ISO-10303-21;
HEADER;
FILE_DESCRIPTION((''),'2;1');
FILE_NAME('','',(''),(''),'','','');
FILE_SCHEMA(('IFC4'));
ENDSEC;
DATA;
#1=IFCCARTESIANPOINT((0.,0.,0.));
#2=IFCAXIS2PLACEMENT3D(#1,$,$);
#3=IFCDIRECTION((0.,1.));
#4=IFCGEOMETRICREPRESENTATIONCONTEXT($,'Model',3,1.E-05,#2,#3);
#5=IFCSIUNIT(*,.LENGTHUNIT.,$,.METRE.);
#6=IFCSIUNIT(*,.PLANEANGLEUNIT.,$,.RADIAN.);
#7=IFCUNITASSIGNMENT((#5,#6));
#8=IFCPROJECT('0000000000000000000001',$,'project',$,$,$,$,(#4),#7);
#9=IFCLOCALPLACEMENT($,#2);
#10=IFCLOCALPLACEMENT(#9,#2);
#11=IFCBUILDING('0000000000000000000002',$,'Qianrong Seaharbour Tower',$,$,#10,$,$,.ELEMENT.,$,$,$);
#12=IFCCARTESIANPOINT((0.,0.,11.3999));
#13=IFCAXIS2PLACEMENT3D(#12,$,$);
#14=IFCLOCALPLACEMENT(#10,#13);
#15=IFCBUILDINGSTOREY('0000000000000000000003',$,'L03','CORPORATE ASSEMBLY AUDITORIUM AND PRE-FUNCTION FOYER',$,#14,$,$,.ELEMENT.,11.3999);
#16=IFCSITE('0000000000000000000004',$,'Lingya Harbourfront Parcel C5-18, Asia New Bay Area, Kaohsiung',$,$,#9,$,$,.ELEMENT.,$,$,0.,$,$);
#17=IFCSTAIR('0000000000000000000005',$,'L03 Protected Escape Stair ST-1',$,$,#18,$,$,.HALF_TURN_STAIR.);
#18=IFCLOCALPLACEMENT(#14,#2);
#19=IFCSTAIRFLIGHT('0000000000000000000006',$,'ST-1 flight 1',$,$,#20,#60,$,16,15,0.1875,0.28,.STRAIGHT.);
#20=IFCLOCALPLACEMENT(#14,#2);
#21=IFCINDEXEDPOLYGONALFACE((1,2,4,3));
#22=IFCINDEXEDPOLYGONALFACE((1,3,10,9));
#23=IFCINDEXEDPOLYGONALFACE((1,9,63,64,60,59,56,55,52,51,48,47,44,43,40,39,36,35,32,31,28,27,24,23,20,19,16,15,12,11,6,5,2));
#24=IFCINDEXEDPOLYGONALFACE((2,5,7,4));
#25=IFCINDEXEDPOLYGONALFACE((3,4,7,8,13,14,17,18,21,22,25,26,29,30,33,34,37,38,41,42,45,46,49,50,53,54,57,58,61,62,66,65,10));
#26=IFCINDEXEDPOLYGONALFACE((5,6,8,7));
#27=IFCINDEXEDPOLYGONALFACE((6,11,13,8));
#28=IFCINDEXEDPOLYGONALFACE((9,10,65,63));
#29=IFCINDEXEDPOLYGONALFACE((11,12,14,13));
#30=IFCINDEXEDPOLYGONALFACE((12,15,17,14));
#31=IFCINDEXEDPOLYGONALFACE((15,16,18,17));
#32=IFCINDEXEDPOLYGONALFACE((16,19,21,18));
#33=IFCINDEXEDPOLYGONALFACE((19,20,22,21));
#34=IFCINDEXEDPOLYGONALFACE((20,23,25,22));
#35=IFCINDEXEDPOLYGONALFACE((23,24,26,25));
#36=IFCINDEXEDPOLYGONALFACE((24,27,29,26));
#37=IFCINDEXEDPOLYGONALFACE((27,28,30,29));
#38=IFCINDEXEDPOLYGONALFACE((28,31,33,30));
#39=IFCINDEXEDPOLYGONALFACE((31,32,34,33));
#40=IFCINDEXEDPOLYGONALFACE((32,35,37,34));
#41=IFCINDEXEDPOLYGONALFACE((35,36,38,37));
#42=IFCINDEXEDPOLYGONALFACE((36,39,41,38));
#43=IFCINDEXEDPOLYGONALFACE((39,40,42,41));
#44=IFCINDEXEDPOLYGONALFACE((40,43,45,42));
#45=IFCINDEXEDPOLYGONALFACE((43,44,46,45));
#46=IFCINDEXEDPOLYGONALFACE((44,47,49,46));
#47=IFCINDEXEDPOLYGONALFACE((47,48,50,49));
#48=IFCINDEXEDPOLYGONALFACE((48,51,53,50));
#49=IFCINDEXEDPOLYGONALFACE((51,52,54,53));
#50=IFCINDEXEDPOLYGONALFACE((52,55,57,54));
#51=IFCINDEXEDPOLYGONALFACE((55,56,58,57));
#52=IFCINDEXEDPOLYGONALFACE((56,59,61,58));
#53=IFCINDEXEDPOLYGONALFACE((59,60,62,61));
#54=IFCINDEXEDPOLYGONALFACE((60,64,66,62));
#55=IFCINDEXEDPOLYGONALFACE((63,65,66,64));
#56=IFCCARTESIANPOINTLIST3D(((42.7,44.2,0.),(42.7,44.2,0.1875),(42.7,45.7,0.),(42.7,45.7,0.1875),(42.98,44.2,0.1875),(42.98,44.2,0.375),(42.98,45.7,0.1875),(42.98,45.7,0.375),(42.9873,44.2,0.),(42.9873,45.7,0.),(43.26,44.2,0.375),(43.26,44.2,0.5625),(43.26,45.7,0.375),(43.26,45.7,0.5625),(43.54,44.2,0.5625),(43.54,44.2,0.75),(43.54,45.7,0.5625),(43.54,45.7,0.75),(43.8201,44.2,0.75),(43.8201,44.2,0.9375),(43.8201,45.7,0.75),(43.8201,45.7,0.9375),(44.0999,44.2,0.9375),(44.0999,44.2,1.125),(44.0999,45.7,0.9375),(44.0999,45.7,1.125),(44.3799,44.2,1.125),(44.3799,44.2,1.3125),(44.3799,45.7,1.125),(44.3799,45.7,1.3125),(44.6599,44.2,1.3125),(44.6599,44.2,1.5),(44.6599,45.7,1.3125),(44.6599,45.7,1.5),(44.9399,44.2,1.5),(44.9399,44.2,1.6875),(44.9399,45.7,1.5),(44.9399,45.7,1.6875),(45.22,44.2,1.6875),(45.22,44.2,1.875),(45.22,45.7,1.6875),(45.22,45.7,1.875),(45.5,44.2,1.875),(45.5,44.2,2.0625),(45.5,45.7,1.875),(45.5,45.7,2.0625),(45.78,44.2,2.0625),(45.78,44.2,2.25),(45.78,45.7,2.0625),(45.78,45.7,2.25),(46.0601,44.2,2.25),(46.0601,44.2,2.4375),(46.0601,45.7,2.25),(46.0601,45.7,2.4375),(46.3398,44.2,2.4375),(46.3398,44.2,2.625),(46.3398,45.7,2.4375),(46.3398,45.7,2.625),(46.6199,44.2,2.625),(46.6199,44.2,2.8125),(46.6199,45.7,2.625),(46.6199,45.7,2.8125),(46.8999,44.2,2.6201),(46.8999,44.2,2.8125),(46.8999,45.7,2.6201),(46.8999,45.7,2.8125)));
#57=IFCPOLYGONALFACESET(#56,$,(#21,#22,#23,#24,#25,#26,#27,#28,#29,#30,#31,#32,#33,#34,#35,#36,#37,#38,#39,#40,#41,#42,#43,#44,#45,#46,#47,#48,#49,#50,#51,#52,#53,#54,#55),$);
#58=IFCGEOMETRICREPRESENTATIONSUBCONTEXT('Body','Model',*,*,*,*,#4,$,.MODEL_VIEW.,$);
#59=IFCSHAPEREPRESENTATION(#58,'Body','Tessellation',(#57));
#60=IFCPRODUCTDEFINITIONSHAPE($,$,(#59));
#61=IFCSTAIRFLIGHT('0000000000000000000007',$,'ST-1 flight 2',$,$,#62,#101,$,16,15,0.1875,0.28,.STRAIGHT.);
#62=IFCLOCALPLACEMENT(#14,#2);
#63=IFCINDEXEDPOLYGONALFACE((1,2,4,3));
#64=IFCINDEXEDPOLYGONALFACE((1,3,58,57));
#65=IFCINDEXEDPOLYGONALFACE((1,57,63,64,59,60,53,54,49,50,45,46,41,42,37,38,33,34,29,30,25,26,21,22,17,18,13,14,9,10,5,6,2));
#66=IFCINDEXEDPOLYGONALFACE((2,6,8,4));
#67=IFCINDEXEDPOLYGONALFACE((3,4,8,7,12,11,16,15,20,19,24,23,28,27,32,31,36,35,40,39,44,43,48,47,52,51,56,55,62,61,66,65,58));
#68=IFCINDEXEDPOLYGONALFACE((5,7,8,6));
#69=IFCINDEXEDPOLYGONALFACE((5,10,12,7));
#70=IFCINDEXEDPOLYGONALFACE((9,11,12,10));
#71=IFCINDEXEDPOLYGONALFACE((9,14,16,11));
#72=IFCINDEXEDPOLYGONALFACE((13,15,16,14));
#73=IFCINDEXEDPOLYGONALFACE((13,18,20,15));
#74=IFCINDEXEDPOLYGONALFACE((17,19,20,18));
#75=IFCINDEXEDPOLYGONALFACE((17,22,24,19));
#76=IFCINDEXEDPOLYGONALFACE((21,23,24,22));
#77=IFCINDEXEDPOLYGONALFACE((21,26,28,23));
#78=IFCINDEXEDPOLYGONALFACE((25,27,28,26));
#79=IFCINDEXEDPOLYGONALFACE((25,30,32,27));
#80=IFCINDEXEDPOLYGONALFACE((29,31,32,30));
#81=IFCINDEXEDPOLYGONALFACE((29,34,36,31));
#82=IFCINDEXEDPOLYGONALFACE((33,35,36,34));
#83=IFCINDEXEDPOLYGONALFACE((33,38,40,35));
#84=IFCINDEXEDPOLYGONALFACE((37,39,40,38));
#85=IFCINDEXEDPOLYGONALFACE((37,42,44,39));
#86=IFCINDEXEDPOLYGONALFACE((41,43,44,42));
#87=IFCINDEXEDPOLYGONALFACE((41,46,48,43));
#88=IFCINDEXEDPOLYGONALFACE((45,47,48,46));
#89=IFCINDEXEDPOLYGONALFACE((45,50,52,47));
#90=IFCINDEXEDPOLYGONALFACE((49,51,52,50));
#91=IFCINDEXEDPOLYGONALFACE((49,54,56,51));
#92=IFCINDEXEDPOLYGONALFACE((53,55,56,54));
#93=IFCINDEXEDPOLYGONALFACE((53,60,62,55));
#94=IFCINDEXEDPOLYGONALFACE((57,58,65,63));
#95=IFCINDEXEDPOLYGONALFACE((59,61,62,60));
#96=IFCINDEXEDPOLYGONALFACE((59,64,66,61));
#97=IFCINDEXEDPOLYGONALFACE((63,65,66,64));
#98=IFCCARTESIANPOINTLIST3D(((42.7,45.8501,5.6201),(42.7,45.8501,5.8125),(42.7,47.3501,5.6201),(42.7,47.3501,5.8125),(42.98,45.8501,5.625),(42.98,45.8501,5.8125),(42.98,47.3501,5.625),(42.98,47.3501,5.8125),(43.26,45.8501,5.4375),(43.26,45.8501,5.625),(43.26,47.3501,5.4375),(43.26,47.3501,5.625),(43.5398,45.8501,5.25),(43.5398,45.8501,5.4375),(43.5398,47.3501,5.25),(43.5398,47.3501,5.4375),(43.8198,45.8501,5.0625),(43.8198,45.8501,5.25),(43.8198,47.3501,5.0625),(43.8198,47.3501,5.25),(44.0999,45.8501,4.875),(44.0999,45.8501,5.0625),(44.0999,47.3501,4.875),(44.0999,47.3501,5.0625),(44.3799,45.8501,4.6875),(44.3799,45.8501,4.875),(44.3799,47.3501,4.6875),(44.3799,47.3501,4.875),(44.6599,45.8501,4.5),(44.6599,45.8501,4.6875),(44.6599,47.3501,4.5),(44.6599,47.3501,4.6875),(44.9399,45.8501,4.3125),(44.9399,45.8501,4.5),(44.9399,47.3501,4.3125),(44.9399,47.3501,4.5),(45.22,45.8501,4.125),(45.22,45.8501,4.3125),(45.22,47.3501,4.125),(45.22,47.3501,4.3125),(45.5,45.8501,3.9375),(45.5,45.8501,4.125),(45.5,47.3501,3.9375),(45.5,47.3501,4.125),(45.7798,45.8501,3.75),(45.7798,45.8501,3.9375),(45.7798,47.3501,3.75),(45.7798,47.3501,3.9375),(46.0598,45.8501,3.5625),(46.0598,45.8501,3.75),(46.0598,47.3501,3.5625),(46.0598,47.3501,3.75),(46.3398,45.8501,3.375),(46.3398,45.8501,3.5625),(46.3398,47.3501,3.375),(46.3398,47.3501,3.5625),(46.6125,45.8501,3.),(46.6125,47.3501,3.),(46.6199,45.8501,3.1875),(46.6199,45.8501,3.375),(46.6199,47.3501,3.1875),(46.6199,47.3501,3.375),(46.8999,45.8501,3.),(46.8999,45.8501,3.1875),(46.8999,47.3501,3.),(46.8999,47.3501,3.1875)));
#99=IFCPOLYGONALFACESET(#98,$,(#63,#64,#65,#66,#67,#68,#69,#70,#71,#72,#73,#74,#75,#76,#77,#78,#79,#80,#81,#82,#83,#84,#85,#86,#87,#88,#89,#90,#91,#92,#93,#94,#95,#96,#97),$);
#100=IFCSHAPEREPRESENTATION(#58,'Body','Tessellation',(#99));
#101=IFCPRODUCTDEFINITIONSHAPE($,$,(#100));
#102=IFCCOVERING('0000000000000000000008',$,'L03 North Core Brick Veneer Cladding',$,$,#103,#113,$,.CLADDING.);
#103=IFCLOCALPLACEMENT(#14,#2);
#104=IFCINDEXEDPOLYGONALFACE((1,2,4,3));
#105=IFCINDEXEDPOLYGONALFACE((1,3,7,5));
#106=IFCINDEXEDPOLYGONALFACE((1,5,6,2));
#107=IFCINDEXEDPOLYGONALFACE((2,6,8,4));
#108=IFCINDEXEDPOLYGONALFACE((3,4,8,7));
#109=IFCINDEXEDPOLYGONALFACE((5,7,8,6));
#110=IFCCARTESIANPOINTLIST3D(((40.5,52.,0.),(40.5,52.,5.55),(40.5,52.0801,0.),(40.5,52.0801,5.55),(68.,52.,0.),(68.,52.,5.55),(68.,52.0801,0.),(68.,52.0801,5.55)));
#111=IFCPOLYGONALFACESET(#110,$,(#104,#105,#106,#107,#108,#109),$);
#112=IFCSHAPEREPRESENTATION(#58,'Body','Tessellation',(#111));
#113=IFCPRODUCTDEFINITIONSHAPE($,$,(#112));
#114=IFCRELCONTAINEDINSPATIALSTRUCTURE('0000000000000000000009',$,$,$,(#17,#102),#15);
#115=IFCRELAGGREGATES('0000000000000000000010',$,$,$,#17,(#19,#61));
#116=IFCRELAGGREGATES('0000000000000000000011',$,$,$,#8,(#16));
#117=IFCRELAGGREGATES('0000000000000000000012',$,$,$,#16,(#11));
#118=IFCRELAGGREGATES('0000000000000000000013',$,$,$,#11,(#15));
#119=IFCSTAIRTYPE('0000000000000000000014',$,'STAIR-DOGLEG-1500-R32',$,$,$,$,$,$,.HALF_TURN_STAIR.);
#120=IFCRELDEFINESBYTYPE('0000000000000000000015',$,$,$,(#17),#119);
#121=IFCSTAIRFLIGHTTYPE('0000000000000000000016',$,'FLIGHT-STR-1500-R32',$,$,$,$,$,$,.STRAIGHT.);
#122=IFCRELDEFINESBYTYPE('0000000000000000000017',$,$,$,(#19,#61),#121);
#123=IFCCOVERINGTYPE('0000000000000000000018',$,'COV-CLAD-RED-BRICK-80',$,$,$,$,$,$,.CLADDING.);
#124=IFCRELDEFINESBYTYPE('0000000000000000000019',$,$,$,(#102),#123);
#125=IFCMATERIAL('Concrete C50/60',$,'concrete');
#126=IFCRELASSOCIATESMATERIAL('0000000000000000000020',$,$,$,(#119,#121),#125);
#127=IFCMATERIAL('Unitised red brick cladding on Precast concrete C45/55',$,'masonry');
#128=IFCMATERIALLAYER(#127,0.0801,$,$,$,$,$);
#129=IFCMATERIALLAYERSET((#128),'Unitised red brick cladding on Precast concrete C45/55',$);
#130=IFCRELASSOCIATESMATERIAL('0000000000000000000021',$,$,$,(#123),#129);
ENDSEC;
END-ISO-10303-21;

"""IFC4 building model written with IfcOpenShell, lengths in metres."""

from ifc_helpers import new_model, si_unit, direction, frame, origin, origin_2d, place, context, subcontext, project, spatial, polyline, rectangle, outline, extrude, material, layer, layer_set, type_object, element, aggregate, save


model = new_model("IFC4")

# Units and contexts
model_context = context("Model", 3, precision=1e-05, world=origin(), true_north=direction((0.0, 1.0)))
body_context = subcontext(model_context, "Body", "Model", "MODEL_VIEW")
ifc_project = project(units=[si_unit("LENGTHUNIT", "METRE"), si_unit("PLANEANGLEUNIT", "RADIAN")], contexts=[model_context])

# Site, building, storey
site_placement = place(None, origin())
site = spatial("IfcSite", under=ifc_project, at=site_placement, Name="Lingya Harbourfront Parcel C5-18, Asia New Bay Area, Kaohsiung", CompositionType="ELEMENT", RefElevation=0.0)
building_placement = place(site_placement, origin())
building = spatial("IfcBuilding", under=site, at=building_placement, Name="Qianrong Seaharbour Tower", CompositionType="ELEMENT")
storey_placement = place(building_placement, frame((0.0, 0.0, 11.3999)))
storey = spatial("IfcBuildingStorey", under=building, at=storey_placement, Name="L03", Description="CORPORATE ASSEMBLY AUDITORIUM AND PRE-FUNCTION FOYER", CompositionType="ELEMENT", Elevation=11.3999)

# Shared definitions
ifc_material_1 = material(Name="Concrete C50/60", Category="concrete")

# Stair, stair flights
stair_type = type_object("IfcStairType", Name="STAIR-DOGLEG-1500-R32", PredefinedType="HALF_TURN_STAIR", material=ifc_material_1)
stair_placement = place(storey_placement, origin())
stair = element("IfcStair", 1, at=stair_placement, inside=storey, type_object=stair_type, Name="L03 Protected Escape Stair ST-1", PredefinedType="HALF_TURN_STAIR")
stair_flight_type = type_object("IfcStairFlightType", Name="FLIGHT-STR-1500-R32", PredefinedType="STRAIGHT", material=ifc_material_1)
stair_flight_1_placement = place(storey_placement, frame((42.7, 44.95, 0.0), z_axis=(0.0, 0.0, 1.0), x_axis=(1.0, 0.0, 0.0)))
stair_flight_1 = element("IfcStairFlight", 2, at=stair_flight_1_placement, type_object=stair_flight_type, Name="ST-1 flight 1", NumberOfRisers=16, NumberOfTreads=15, PredefinedType="STRAIGHT", RiserHeight=0.1875, TreadLength=0.28, context=body_context, shape_type="SweptSolid", body=[
    extrude(outline(polyline([(0.0, 0.0), (0.0, 0.1875), (0.28, 0.1875), (0.28, 0.375), (0.5601, 0.375), (0.5601, 0.5625), (0.8401, 0.5625), (0.8401, 0.75), (1.1201, 0.75), (1.1201, 0.9375), (1.3999, 0.9375), (1.3999, 1.125), (1.6799, 1.125), (1.6799, 1.3125), (1.96, 1.3125), (1.96, 1.5), (2.24, 1.5), (2.24, 1.6875), (2.52, 1.6875), (2.52, 1.875), (2.8, 1.875), (2.8, 2.0625), (3.0801, 2.0625), (3.0801, 2.25), (3.3601, 2.25), (3.3601, 2.4375), (3.6399, 2.4375), (3.6399, 2.625), (3.9199, 2.625), (3.9199, 2.8125), (4.2, 2.8125), (4.2, 3.0), (4.2, 2.6201), (0.2874, 0.0), (0.0, 0.0)])), frame((0.0, 0.75, 0.0), z_axis=(0.0, -1.0, 0.0), x_axis=(1.0, 0.0, 0.0)), (0.0, 0.0, 1.0), 1.5),
])
stair_flight_2_placement = place(storey_placement, frame((46.8999, 46.6001, 3.0), z_axis=(0.0, 0.0, 1.0), x_axis=(-1.0, 0.0, 0.0)))
stair_flight_2 = element("IfcStairFlight", 3, at=stair_flight_2_placement, type_object=stair_flight_type, Name="ST-1 flight 2", NumberOfRisers=16, NumberOfTreads=15, PredefinedType="STRAIGHT", RiserHeight=0.1875, TreadLength=0.28, context=body_context, shape_type="SweptSolid", body=[
    extrude(outline(polyline([(0.0, 0.0), (0.0, 0.1875), (0.28, 0.1875), (0.28, 0.375), (0.5601, 0.375), (0.5601, 0.5625), (0.8401, 0.5625), (0.8401, 0.75), (1.1201, 0.75), (1.1201, 0.9375), (1.3999, 0.9375), (1.3999, 1.125), (1.6799, 1.125), (1.6799, 1.3125), (1.96, 1.3125), (1.96, 1.5), (2.24, 1.5), (2.24, 1.6875), (2.52, 1.6875), (2.52, 1.875), (2.8, 1.875), (2.8, 2.0625), (3.0801, 2.0625), (3.0801, 2.25), (3.3601, 2.25), (3.3601, 2.4375), (3.6399, 2.4375), (3.6399, 2.625), (3.9199, 2.625), (3.9199, 2.8125), (4.2, 2.8125), (4.2, 3.0), (4.2, 2.6201), (0.2874, 0.0), (0.0, 0.0)])), frame((0.0, 0.75, 0.0), z_axis=(0.0, -1.0, 0.0), x_axis=(1.0, 0.0, 0.0)), (0.0, 0.0, 1.0), 1.5),
])
aggregate(stair, [stair_flight_1, stair_flight_2])

# Covering
ifc_material_2 = material(Name="Unitised red brick cladding on Precast concrete C45/55", Category="masonry")
ifc_layer_1 = layer(ifc_material_2, 0.0801)
ifc_layer_set_1 = layer_set([ifc_layer_1], Name="Unitised red brick cladding on Precast concrete C45/55")
covering_type = type_object("IfcCoveringType", Name="COV-CLAD-RED-BRICK-80", PredefinedType="CLADDING", material=ifc_layer_set_1)
covering_placement = place(storey_placement, frame((54.25, 52.04, 0.0), z_axis=(0.0, 0.0, 1.0), x_axis=(1.0, 0.0, 0.0)))
element("IfcCovering", 4, at=covering_placement, inside=storey, type_object=covering_type, Name="L03 North Core Brick Veneer Cladding", PredefinedType="CLADDING", context=body_context, shape_type="SweptSolid", body=[
    extrude(rectangle(XDim=27.5, YDim=0.0801, at=origin_2d()), origin(), (0.0, 0.0, 1.0), 5.55),
])

save(model, "model.ifc")
